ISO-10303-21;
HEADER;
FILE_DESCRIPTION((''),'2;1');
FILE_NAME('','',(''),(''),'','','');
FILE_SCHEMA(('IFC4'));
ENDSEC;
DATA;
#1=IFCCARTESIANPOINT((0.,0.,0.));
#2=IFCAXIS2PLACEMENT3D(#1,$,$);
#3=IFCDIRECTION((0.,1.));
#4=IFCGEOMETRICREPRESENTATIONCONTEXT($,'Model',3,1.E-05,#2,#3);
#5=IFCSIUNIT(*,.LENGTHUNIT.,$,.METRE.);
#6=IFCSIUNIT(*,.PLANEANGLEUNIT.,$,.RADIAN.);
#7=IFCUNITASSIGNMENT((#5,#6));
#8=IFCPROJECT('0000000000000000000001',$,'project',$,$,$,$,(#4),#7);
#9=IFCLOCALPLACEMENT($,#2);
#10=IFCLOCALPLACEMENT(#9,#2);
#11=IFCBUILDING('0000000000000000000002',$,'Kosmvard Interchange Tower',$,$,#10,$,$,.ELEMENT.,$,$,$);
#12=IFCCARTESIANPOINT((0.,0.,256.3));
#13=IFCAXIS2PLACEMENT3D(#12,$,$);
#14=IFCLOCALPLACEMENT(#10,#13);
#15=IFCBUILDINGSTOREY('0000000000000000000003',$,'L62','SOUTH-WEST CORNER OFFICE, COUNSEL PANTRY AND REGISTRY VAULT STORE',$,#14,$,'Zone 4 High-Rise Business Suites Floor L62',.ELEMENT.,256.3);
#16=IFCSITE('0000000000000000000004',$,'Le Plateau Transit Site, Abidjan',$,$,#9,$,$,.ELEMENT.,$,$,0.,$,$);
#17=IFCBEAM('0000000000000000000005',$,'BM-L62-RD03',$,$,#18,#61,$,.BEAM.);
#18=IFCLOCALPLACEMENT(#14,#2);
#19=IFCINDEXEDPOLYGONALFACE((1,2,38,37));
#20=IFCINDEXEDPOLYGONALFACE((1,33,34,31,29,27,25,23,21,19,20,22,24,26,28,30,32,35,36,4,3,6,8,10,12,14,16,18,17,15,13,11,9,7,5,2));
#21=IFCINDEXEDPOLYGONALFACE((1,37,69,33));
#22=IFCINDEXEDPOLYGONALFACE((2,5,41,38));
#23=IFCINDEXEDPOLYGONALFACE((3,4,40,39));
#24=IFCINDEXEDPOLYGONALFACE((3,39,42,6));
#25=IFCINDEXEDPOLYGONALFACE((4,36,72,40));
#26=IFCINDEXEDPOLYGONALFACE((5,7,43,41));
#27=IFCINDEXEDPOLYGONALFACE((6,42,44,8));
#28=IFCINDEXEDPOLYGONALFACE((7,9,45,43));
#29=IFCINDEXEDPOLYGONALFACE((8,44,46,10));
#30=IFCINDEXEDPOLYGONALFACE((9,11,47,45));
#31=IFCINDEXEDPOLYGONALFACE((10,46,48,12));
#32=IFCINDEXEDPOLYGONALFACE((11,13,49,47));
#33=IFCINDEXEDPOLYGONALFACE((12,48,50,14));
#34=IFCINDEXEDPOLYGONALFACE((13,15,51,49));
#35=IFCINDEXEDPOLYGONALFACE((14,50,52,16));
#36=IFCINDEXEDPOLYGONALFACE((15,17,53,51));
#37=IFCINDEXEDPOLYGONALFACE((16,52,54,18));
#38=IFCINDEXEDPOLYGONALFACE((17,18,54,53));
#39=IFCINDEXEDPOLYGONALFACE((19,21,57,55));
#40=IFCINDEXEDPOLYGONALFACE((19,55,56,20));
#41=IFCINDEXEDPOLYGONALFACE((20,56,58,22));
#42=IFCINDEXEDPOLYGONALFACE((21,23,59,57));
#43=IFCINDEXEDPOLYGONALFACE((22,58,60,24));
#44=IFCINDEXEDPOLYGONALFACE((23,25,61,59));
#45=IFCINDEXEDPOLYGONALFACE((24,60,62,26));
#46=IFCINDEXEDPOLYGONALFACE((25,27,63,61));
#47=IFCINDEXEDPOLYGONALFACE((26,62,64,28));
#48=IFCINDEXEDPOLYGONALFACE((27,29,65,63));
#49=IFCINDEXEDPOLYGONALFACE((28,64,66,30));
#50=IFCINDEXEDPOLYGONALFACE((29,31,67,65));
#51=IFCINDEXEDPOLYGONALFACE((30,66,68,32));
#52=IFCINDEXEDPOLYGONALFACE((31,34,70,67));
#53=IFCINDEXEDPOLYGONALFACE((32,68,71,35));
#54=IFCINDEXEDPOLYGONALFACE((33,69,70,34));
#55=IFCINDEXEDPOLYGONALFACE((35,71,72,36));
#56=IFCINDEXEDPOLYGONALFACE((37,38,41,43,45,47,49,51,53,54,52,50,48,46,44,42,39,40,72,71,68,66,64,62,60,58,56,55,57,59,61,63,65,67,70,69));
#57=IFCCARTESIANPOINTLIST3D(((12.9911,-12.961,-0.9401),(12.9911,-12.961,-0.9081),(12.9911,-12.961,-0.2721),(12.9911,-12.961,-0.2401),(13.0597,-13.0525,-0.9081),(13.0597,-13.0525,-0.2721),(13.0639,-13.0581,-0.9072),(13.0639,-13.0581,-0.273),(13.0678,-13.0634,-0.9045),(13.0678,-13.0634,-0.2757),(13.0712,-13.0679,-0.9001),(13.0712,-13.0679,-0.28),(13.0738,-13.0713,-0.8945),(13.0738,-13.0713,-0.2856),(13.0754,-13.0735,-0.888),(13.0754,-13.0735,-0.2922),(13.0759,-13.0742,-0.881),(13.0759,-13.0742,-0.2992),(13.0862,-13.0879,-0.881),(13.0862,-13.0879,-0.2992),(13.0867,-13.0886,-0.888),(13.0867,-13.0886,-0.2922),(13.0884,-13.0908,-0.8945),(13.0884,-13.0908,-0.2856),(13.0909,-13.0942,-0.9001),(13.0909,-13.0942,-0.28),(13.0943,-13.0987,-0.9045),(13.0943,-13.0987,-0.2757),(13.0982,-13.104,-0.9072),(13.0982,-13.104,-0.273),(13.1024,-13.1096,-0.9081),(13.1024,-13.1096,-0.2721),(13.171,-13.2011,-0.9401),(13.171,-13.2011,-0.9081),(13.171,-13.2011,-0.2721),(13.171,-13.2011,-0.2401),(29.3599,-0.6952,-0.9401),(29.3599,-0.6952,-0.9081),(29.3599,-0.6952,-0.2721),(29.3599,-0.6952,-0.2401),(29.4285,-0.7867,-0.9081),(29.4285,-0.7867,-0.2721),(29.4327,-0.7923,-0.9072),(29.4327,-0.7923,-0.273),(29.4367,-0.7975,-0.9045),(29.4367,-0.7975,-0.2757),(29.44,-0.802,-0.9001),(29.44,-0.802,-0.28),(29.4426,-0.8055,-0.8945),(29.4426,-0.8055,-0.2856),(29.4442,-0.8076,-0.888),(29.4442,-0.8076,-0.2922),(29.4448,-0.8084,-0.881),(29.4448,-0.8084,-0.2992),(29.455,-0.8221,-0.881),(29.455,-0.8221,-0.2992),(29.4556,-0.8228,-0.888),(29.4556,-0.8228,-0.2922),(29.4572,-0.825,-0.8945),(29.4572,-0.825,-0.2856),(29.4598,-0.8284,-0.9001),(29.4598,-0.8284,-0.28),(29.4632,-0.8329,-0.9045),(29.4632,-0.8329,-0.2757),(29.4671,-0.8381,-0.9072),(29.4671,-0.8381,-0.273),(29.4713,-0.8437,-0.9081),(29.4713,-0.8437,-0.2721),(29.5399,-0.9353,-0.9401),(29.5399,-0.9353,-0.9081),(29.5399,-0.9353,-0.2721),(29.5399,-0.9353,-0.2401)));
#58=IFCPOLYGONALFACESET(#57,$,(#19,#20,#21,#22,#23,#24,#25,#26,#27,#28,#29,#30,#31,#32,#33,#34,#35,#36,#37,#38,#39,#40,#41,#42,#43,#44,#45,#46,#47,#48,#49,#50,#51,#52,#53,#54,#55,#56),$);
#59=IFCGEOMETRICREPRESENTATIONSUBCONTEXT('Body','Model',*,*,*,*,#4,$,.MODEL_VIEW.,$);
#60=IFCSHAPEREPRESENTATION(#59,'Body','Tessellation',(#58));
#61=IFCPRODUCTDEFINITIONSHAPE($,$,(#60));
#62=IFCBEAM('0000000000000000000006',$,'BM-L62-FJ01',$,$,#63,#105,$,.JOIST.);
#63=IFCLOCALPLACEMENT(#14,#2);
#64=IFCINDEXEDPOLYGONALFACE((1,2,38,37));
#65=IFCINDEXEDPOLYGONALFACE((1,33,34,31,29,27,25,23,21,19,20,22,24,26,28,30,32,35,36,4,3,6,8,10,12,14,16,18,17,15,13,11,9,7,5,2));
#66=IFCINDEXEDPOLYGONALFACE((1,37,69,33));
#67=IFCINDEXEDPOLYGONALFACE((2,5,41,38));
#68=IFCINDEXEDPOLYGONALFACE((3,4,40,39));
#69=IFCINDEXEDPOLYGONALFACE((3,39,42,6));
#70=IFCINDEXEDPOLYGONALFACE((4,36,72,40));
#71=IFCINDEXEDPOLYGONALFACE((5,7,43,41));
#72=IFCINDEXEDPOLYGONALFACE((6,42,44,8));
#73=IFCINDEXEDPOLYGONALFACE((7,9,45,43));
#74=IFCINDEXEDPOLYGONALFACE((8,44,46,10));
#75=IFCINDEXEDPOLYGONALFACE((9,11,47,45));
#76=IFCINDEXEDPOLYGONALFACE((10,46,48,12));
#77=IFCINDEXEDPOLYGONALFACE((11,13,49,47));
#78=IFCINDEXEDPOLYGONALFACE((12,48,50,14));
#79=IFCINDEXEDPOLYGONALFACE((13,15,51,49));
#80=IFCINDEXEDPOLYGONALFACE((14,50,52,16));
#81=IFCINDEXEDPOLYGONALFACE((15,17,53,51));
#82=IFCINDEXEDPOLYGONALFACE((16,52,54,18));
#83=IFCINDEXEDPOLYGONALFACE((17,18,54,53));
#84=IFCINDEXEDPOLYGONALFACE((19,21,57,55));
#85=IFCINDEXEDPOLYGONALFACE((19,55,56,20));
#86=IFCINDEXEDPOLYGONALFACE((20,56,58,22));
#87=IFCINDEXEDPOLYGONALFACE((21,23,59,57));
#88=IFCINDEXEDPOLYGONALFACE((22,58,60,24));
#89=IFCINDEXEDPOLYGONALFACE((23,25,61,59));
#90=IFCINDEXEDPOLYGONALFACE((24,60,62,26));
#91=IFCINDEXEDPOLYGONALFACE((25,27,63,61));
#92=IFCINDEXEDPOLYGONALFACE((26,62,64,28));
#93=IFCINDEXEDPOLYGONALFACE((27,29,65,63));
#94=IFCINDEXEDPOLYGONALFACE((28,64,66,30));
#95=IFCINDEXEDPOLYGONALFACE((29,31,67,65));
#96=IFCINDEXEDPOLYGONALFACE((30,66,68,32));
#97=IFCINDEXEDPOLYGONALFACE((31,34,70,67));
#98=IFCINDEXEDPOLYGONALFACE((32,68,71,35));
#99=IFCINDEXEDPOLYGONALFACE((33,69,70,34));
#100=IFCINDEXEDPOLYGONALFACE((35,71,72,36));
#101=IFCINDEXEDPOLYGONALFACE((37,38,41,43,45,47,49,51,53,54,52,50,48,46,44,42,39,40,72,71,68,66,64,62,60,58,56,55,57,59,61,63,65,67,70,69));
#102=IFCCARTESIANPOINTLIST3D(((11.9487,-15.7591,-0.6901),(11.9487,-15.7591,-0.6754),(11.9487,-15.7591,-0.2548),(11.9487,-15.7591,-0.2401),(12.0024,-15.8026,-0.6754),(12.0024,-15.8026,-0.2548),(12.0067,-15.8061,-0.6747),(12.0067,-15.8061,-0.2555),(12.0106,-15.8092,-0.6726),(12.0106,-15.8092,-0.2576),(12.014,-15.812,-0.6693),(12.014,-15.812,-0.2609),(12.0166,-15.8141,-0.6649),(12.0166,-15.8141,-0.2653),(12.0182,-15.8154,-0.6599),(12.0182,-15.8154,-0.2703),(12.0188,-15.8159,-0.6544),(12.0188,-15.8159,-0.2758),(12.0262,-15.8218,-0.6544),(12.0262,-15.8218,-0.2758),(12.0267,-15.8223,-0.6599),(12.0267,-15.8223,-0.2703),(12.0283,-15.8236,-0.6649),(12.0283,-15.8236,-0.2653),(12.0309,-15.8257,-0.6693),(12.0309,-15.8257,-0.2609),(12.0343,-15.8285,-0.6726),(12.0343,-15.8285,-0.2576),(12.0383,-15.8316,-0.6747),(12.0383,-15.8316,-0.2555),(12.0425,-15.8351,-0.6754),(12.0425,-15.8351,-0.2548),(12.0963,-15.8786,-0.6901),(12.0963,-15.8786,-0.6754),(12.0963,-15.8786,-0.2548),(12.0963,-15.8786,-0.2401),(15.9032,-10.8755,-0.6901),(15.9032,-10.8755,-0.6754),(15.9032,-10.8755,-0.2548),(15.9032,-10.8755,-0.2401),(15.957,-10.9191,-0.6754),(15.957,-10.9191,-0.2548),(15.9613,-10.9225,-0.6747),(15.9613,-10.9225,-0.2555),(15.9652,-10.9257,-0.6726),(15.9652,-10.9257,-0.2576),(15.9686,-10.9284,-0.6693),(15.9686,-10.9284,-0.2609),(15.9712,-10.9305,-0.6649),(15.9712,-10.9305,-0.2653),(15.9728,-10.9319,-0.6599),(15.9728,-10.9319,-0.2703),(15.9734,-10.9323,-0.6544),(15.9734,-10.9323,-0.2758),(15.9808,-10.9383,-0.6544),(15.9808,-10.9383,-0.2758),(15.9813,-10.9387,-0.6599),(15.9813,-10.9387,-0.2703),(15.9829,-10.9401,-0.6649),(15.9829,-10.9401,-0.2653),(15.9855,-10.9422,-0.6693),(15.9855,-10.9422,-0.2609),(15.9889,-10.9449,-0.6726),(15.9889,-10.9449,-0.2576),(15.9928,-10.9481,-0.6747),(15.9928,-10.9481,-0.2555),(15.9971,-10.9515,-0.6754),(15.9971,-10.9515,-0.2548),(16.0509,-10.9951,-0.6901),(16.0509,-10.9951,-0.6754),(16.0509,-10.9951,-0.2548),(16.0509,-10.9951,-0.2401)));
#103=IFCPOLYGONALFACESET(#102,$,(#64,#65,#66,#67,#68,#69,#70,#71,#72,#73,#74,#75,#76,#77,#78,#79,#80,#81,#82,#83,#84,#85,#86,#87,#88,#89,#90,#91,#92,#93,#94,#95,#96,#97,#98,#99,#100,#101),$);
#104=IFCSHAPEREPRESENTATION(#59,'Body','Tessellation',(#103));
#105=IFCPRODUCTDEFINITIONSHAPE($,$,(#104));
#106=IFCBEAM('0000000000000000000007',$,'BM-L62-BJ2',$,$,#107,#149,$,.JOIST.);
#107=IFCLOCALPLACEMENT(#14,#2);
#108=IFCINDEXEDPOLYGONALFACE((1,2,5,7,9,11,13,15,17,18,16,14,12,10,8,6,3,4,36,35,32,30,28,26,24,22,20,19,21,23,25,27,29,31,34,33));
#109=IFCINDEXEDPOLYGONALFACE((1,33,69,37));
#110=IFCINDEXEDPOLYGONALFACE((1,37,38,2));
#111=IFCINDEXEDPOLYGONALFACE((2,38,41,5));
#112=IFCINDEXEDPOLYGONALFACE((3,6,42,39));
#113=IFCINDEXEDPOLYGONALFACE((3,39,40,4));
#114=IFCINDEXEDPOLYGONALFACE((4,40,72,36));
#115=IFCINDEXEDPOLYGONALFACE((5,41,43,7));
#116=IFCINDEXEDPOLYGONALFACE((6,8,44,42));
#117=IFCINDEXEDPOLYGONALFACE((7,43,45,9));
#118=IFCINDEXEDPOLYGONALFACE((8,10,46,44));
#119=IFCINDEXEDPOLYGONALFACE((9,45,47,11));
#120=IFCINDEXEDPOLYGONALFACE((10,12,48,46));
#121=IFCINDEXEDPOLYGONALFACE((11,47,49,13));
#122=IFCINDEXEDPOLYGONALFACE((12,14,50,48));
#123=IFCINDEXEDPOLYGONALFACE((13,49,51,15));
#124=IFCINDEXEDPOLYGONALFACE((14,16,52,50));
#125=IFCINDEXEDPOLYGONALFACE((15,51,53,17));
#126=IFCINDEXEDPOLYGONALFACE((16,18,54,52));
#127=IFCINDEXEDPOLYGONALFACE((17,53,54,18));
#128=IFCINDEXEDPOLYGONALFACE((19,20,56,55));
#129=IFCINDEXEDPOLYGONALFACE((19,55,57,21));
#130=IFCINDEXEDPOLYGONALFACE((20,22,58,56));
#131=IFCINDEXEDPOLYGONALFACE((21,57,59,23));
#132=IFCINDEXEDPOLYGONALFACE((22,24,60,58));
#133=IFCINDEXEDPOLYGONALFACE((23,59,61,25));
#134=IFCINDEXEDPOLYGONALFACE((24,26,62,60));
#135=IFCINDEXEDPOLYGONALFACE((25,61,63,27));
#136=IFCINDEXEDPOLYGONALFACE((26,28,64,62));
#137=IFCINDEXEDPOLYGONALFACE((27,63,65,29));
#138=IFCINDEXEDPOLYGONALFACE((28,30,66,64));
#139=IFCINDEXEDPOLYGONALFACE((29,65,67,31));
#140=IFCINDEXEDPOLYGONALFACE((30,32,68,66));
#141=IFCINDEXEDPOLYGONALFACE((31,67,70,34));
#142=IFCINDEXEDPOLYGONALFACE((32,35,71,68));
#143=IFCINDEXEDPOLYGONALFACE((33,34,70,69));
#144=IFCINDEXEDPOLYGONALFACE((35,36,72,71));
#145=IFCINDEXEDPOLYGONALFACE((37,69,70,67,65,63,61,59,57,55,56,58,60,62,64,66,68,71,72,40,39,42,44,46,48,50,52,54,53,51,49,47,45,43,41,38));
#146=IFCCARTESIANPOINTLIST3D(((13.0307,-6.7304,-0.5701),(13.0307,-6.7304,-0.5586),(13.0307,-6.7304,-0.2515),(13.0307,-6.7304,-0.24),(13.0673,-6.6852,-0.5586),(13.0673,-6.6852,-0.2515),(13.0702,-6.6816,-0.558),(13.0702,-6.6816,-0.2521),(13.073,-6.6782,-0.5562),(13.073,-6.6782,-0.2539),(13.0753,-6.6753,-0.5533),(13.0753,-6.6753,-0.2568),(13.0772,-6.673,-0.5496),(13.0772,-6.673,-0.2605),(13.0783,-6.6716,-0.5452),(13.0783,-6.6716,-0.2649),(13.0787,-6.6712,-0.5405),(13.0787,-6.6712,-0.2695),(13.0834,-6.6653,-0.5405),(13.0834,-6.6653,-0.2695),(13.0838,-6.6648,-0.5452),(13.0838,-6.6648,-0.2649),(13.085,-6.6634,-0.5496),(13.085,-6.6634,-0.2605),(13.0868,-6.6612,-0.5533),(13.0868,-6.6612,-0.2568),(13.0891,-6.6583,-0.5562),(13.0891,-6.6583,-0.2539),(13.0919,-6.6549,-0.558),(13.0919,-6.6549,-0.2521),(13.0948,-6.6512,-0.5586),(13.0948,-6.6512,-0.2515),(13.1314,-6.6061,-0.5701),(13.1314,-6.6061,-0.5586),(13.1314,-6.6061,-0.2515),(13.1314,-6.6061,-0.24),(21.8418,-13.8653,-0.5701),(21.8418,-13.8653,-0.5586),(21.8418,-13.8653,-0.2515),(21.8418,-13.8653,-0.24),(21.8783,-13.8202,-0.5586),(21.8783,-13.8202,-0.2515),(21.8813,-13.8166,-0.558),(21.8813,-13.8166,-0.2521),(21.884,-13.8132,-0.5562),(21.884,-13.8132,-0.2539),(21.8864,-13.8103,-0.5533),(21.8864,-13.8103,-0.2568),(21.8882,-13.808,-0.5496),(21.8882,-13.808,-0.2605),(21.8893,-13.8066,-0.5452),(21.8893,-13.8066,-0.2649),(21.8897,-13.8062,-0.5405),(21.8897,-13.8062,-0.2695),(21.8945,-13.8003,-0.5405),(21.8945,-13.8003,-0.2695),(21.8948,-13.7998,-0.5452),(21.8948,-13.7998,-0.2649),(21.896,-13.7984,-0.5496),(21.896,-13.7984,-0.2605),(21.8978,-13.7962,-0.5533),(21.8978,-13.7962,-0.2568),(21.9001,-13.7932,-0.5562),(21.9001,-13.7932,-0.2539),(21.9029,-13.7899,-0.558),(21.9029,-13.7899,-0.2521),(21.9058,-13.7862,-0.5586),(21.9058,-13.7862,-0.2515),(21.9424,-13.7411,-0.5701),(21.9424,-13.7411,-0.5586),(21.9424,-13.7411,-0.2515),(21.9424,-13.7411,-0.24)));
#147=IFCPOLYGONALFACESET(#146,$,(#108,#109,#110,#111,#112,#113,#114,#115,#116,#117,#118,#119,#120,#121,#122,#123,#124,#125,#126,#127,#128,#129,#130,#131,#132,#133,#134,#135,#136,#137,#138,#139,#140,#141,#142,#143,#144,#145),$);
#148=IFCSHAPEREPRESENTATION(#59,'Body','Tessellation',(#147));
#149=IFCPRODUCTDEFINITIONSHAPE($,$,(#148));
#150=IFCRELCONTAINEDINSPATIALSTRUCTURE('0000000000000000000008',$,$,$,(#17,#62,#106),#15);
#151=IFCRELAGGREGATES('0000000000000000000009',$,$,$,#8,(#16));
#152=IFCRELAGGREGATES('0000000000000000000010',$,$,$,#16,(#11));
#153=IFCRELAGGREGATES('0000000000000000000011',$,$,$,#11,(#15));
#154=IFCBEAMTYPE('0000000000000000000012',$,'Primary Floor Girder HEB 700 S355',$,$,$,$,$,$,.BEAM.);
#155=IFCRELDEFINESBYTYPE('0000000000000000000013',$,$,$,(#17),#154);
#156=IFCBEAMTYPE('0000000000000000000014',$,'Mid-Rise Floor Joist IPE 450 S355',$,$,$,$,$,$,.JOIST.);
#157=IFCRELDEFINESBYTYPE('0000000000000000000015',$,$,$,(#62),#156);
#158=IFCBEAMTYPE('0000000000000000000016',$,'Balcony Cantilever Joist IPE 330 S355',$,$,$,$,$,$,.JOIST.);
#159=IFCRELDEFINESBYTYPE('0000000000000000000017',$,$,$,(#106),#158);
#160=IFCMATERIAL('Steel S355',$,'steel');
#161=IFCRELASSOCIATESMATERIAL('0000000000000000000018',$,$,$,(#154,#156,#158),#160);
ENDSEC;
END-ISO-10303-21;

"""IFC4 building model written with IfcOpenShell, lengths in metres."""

from ifc_helpers import new_model, si_unit, direction, frame, origin, origin_2d, place, context, subcontext, project, spatial, i_section, extrude, source, transform, mapped, material, material_profile, profile_set, type_object, element, save


model = new_model("IFC4")

# Units and contexts
model_context = context("Model", 3, precision=1e-05, world=origin(), true_north=direction((0.0, 1.0)))
body_context = subcontext(model_context, "Body", "Model", "MODEL_VIEW")
ifc_project = project(units=[si_unit("LENGTHUNIT", "METRE"), si_unit("PLANEANGLEUNIT", "RADIAN")], contexts=[model_context])

# Site, building, storey
site_placement = place(None, origin())
site = spatial("IfcSite", under=ifc_project, at=site_placement, Name="Le Plateau Transit Site, Abidjan", CompositionType="ELEMENT", RefElevation=0.0)
building_placement = place(site_placement, origin())
building = spatial("IfcBuilding", under=site, at=building_placement, Name="Kosmvard Interchange Tower", CompositionType="ELEMENT")
storey_placement = place(building_placement, frame((0.0, 0.0, 256.3)))
storey = spatial("IfcBuildingStorey", under=building, at=storey_placement, Name="L62", Description="SOUTH-WEST CORNER OFFICE, COUNSEL PANTRY AND REGISTRY VAULT STORE", LongName="Zone 4 High-Rise Business Suites Floor L62", CompositionType="ELEMENT", Elevation=256.3)

# Beams
ifc_material_1 = material(Name="Steel S355", Category="steel")
ifc_material_profile_1 = material_profile(ifc_material_1, i_section(OverallWidth=0.3, OverallDepth=0.7, WebThickness=0.0171, FlangeThickness=0.032, FilletRadius=0.0271, at=origin_2d()), Name="HEB 700")
ifc_profile_set_1 = profile_set([ifc_material_profile_1], Name="Steel S355")
beam_type_1 = type_object("IfcBeamType", Name="Primary Floor Girder HEB 700 S355", PredefinedType="BEAM", material=ifc_profile_set_1)
shared_shape_1 = source(origin(), body_context, "Body", "SweptSolid", [
    extrude(i_section(OverallWidth=0.3, OverallDepth=0.7, WebThickness=0.0171, FlangeThickness=0.032, FilletRadius=0.0271, at=origin_2d()), origin(), (0.0, 0.0, 1.0), 20.4546),
])
beam_1_placement = place(storey_placement, frame((13.0811, -13.0811, -0.5901), z_axis=(0.800253, 0.599662, 0.0), x_axis=(-0.599662, 0.800253, 0.0)))
element("IfcBeam", 1, at=beam_1_placement, inside=storey, type_object=beam_type_1, Name="BM-L62-RD03", PredefinedType="BEAM", context=body_context, shape_type="MappedRepresentation", body=[
    mapped(shared_shape_1, transform((0.0, 0.0, 0.0), scale=1.0)),
])
ifc_material_profile_2 = material_profile(ifc_material_1, i_section(OverallWidth=0.1899, OverallDepth=0.45, WebThickness=0.0095, FlangeThickness=0.0146, FilletRadius=0.021, at=origin_2d()), Name="IPE 450")
ifc_profile_set_2 = profile_set([ifc_material_profile_2], Name="Steel S355")
beam_type_2 = type_object("IfcBeamType", Name="Mid-Rise Floor Joist IPE 450 S355", PredefinedType="JOIST", material=ifc_profile_set_2)
shared_shape_2 = source(origin(), body_context, "Body", "SweptSolid", [
    extrude(i_section(OverallWidth=0.1899, OverallDepth=0.45, WebThickness=0.0095, FlangeThickness=0.0146, FilletRadius=0.021, at=origin_2d()), origin(), (0.0, 0.0, 1.0), 6.2839),
])
beam_2_placement = place(storey_placement, frame((12.0225, -15.8188, -0.4651), z_axis=(0.629318, 0.777148, 0.0), x_axis=(-0.777148, 0.629318, 0.0)))
element("IfcBeam", 2, at=beam_2_placement, inside=storey, type_object=beam_type_2, Name="BM-L62-FJ01", PredefinedType="JOIST", context=body_context, shape_type="MappedRepresentation", body=[
    mapped(shared_shape_2, transform((0.0, 0.0, 0.0), scale=1.0)),
])
ifc_material_profile_3 = material_profile(ifc_material_1, i_section(OverallWidth=0.1599, OverallDepth=0.3301, WebThickness=0.0076, FlangeThickness=0.0115, FilletRadius=0.0181, at=origin_2d()), Name="IPE 330")
ifc_profile_set_3 = profile_set([ifc_material_profile_3], Name="Steel S355")
beam_type_3 = type_object("IfcBeamType", Name="Balcony Cantilever Joist IPE 330 S355", PredefinedType="JOIST", material=ifc_profile_set_3)
shared_shape_3 = source(origin(), body_context, "Body", "SweptSolid", [
    extrude(i_section(OverallWidth=0.1599, OverallDepth=0.3301, WebThickness=0.0076, FlangeThickness=0.0115, FilletRadius=0.0181, at=origin_2d()), origin(), (0.0, 0.0, 1.0), 11.3376),
])
beam_3_placement = place(storey_placement, frame((13.0811, -6.6682, -0.405), z_axis=(0.777147, -0.629319, 0.0), x_axis=(0.629319, 0.777147, 0.0)))
element("IfcBeam", 3, at=beam_3_placement, inside=storey, type_object=beam_type_3, Name="BM-L62-BJ2", PredefinedType="JOIST", context=body_context, shape_type="MappedRepresentation", body=[
    mapped(shared_shape_3, transform((0.0, 0.0, 0.0), scale=1.0)),
])

save(model, "model.ifc")
